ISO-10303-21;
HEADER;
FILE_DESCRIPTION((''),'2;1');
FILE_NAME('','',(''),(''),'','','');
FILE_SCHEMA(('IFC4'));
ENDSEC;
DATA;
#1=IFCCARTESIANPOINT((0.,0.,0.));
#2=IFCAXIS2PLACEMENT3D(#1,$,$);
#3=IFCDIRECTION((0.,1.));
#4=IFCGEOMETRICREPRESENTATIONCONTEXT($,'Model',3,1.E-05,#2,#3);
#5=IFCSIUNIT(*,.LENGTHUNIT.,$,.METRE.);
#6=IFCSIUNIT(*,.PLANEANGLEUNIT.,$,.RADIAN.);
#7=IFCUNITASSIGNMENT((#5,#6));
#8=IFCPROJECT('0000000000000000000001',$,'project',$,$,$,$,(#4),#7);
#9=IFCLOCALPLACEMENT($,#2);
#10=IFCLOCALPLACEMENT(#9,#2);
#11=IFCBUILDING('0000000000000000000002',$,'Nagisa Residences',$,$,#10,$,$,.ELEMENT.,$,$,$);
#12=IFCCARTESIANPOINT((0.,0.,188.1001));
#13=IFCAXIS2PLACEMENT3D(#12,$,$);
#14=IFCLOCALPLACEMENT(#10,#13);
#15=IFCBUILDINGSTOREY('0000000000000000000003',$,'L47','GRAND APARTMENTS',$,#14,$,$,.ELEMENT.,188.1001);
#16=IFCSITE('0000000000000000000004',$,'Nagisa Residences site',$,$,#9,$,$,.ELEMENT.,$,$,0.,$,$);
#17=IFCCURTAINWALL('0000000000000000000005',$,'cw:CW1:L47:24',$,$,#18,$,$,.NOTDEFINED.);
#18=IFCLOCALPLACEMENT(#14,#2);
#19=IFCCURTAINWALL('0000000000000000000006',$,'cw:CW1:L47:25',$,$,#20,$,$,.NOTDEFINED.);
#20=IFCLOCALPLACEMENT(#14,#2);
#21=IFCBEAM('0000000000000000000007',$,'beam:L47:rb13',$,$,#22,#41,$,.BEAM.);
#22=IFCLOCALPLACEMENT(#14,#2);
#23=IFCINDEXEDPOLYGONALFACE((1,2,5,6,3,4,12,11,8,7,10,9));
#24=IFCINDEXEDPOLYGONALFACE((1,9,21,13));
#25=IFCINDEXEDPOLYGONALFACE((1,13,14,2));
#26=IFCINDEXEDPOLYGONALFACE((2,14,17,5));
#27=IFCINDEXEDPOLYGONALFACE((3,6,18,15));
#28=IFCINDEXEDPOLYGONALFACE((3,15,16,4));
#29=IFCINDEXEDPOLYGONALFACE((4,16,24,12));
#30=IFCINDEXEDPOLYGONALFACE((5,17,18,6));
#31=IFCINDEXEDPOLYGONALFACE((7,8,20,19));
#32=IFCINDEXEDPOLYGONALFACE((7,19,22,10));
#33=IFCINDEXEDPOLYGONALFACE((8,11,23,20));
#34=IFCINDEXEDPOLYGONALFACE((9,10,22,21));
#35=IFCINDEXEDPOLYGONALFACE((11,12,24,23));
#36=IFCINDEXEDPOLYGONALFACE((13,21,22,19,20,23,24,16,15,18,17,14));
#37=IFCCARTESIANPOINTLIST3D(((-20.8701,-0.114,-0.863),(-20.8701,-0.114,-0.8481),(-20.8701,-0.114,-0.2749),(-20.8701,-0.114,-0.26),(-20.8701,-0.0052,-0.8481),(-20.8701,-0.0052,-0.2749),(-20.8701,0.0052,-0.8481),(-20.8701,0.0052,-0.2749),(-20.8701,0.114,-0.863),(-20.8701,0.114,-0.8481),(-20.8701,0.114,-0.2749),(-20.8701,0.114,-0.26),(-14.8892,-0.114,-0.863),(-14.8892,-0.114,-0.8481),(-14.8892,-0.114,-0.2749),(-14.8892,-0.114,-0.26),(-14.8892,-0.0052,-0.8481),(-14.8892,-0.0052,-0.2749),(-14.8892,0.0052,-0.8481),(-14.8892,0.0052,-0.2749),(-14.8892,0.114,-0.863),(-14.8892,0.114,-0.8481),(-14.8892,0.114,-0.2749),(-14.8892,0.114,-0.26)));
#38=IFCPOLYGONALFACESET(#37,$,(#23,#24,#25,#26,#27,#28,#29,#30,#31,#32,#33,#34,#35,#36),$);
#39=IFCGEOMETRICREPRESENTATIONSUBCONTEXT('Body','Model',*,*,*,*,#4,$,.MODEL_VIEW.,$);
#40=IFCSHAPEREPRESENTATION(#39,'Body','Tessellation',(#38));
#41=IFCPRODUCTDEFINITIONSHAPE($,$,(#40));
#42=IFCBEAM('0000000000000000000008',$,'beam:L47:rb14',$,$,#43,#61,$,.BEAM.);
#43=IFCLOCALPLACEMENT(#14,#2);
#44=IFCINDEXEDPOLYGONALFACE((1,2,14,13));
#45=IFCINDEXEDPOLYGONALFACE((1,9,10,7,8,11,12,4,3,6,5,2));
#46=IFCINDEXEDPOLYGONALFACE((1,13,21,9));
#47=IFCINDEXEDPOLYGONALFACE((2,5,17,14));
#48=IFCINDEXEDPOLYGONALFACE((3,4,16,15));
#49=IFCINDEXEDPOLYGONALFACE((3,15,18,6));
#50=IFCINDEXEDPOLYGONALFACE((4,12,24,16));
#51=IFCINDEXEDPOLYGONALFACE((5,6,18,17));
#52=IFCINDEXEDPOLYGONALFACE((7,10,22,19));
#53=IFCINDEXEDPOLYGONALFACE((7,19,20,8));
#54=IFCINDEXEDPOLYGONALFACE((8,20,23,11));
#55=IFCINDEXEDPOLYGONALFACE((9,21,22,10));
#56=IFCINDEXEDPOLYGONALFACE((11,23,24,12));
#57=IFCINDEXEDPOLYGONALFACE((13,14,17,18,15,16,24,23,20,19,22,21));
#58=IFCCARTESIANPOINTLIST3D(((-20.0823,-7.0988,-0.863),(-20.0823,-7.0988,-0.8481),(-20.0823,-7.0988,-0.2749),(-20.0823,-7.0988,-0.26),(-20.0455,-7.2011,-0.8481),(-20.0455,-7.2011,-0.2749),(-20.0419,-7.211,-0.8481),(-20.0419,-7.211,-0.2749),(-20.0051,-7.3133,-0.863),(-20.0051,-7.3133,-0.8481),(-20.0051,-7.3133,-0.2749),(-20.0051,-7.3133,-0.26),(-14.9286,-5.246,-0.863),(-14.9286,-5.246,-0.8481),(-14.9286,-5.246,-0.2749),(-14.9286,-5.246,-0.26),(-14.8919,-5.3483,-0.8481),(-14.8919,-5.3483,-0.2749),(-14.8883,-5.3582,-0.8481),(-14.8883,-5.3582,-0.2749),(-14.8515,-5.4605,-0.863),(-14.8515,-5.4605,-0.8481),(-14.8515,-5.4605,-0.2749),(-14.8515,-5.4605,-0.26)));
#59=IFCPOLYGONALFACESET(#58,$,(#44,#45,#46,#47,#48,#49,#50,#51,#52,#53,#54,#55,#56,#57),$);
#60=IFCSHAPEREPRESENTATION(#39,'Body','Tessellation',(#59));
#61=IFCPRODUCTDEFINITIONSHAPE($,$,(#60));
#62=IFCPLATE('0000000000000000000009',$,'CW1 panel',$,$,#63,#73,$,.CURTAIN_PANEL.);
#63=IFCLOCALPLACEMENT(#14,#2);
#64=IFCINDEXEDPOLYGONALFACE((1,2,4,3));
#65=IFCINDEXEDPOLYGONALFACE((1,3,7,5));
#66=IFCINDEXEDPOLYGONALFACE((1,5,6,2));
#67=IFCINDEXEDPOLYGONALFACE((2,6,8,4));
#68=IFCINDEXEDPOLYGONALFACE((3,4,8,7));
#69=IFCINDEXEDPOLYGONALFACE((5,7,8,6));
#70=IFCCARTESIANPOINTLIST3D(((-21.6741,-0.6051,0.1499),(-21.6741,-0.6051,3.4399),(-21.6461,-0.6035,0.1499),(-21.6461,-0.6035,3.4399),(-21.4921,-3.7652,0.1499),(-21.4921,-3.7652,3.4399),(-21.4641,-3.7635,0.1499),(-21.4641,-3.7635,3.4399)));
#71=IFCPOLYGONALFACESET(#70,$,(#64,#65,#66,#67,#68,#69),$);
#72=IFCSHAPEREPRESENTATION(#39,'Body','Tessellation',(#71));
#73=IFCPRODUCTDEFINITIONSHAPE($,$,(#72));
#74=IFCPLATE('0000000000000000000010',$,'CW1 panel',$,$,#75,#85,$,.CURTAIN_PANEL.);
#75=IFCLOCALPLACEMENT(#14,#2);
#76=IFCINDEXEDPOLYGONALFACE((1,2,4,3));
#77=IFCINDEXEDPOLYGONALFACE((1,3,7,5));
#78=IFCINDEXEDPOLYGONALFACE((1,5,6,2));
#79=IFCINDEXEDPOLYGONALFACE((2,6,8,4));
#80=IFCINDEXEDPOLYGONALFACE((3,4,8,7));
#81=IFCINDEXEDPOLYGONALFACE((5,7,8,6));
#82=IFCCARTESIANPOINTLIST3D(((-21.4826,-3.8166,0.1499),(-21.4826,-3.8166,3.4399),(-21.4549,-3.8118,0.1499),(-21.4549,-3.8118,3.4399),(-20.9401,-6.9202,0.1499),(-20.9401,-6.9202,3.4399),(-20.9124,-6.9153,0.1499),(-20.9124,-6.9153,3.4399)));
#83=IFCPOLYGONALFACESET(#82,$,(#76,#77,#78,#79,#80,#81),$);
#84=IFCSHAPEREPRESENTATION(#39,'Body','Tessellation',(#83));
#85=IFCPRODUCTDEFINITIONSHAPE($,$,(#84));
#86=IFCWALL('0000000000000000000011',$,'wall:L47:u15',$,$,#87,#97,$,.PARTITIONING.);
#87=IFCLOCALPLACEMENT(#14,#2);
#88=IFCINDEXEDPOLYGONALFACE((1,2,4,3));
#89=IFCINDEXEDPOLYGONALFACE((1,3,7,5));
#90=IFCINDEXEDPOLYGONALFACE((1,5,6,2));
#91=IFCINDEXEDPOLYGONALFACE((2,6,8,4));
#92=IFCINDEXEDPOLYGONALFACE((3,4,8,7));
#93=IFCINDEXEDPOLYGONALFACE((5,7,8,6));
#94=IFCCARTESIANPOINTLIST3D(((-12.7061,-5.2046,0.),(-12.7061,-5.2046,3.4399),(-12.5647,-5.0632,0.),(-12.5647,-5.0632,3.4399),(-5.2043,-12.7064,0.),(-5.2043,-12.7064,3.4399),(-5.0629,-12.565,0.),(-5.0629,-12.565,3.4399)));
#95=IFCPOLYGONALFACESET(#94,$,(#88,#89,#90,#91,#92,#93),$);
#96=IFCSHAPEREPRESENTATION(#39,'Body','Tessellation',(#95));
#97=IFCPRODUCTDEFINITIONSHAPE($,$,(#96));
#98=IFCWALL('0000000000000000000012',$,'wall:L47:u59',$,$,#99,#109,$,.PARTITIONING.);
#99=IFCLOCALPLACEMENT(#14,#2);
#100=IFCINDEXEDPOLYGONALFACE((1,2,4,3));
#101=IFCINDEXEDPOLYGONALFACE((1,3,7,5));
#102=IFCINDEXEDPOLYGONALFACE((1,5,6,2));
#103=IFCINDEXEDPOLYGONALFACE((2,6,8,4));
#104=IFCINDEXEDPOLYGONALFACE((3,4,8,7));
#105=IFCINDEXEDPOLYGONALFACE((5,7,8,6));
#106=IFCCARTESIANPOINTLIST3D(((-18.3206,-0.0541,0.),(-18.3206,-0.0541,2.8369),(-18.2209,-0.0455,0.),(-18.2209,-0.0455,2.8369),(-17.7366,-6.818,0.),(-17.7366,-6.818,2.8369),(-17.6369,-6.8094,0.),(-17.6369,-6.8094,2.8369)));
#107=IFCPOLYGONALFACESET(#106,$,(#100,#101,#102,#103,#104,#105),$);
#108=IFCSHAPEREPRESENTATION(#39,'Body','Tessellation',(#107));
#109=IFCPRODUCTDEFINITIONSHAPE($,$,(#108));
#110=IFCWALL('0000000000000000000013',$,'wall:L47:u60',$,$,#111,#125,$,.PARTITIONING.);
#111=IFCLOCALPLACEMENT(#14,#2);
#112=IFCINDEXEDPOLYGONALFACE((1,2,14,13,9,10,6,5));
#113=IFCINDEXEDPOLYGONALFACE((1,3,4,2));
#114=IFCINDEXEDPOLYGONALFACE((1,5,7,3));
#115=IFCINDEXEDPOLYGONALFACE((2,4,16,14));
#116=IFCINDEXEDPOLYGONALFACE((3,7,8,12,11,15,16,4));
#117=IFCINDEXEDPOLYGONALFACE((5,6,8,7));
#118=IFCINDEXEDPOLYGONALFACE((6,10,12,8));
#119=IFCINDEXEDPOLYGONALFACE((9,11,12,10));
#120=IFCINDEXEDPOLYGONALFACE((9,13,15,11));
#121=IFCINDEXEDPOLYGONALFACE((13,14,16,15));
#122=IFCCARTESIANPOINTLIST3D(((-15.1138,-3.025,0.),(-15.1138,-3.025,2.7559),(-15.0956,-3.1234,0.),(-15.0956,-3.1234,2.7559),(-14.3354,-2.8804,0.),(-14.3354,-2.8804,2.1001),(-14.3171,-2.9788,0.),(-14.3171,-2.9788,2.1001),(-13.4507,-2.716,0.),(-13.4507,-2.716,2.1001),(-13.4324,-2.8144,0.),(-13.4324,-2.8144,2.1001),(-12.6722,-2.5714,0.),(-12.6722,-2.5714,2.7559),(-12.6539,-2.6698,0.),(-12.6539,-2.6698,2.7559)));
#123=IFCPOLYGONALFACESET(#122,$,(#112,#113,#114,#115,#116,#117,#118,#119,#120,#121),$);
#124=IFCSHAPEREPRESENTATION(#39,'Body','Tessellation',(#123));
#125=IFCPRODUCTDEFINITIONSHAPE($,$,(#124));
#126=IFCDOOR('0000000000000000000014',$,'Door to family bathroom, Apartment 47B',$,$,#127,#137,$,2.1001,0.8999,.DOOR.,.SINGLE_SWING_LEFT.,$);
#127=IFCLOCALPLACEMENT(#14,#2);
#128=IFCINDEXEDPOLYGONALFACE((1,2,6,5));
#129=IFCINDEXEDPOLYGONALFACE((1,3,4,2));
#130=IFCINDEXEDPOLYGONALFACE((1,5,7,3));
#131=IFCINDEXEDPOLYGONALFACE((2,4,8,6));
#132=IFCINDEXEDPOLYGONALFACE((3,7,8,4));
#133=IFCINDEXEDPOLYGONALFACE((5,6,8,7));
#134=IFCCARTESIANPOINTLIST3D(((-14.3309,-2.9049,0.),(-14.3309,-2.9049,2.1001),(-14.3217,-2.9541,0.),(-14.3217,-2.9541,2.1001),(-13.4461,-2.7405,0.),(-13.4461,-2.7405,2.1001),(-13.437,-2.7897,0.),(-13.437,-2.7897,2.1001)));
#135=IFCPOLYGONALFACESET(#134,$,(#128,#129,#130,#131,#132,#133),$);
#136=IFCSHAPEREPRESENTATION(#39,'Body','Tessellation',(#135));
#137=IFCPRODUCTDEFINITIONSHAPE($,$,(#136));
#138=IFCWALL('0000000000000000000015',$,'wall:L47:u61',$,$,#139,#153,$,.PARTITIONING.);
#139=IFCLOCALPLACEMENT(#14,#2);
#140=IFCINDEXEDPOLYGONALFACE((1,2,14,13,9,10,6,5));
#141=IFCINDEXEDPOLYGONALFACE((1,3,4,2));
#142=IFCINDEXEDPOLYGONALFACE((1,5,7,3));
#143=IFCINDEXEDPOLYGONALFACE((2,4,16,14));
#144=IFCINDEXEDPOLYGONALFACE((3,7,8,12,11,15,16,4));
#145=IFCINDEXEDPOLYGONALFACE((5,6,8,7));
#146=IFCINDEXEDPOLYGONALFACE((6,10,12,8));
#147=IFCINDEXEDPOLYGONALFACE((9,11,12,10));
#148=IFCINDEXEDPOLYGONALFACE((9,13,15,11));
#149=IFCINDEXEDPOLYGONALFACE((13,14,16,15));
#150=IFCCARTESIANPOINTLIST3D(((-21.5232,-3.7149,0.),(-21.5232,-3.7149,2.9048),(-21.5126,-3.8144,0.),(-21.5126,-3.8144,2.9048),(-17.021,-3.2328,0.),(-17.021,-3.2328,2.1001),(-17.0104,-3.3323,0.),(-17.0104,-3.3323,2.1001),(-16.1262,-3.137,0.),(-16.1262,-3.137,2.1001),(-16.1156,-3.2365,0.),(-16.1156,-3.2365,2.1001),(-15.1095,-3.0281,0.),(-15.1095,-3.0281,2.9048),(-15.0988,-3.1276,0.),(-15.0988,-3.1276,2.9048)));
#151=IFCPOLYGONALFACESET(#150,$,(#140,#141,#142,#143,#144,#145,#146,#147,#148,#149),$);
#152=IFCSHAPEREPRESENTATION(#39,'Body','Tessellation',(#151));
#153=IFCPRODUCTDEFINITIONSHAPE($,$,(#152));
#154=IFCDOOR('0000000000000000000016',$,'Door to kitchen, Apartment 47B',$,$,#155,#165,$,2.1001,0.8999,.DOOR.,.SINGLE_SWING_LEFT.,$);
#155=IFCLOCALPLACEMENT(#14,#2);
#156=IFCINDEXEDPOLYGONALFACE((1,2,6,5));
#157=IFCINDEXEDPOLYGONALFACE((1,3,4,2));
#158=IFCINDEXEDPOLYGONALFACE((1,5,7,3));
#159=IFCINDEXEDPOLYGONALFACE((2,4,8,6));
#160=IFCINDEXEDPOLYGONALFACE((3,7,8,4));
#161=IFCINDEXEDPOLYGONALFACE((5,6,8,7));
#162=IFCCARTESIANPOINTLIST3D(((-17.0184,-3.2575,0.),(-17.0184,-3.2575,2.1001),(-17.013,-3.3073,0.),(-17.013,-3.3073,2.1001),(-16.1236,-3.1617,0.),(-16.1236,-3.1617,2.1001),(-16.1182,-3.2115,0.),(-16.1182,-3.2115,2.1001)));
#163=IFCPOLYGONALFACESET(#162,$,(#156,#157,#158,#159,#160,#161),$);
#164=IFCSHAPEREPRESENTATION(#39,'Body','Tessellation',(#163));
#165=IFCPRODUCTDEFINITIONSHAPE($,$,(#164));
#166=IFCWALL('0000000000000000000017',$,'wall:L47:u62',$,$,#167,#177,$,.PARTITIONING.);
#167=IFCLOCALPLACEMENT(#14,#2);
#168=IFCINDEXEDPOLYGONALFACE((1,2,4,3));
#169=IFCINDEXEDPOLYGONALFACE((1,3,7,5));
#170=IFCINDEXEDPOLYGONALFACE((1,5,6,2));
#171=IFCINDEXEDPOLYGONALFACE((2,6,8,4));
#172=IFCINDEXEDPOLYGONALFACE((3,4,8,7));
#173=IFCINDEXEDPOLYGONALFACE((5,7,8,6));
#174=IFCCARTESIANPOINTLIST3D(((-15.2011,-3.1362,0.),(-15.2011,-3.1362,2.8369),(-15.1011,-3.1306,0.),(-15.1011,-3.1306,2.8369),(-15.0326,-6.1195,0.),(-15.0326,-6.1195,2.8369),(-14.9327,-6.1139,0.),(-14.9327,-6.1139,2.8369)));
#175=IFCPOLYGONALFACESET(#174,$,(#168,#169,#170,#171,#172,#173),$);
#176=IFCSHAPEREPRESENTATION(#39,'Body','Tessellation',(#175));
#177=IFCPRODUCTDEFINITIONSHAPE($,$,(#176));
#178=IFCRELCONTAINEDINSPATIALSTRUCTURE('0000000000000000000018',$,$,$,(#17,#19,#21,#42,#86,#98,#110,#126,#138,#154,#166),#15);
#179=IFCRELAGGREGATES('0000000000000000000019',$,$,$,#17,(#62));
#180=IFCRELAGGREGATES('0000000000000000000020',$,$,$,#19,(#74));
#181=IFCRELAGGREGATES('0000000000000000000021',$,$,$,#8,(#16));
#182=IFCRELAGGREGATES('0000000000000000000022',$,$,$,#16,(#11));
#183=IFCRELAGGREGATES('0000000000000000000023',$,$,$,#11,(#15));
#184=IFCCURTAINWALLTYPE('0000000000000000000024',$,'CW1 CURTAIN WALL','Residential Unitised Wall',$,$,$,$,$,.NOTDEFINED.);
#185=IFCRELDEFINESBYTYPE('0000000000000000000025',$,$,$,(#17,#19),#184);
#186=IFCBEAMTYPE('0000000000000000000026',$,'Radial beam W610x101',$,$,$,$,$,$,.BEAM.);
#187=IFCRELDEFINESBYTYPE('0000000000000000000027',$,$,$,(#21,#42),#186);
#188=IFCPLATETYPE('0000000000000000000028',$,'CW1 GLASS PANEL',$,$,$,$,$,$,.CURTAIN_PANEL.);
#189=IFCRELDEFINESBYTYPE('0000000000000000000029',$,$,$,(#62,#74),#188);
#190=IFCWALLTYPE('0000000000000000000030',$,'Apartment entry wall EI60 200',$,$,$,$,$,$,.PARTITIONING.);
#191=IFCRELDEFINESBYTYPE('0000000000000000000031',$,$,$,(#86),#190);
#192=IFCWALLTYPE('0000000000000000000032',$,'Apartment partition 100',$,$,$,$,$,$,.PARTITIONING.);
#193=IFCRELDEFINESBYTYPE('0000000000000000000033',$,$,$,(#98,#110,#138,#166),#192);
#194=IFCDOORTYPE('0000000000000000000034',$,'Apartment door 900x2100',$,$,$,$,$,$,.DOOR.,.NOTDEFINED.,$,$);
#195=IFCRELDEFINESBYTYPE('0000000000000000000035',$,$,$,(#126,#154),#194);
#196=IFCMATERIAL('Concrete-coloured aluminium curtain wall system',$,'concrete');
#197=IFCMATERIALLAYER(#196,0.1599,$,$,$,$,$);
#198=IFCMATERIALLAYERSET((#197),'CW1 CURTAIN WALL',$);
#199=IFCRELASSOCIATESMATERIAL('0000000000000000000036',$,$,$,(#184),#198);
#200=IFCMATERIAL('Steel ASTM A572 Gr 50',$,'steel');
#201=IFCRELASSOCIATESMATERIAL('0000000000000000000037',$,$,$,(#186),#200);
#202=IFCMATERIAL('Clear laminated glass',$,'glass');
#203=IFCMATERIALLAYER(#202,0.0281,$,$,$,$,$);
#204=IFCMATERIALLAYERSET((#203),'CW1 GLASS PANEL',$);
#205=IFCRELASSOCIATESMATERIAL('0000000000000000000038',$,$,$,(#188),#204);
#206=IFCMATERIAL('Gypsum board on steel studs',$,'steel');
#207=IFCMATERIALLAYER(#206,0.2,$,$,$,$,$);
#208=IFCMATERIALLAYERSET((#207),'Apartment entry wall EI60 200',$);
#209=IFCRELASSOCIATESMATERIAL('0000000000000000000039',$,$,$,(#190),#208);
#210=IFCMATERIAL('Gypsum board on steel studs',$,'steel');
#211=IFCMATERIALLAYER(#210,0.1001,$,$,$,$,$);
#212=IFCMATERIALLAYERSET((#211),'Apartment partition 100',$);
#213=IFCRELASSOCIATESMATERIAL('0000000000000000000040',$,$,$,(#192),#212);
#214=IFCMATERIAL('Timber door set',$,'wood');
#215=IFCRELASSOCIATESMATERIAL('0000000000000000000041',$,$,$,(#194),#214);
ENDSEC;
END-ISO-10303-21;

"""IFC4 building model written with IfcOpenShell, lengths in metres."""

from ifc_helpers import new_model, si_unit, direction, frame, frame_2d, origin, origin_2d, place, context, subcontext, project, spatial, rectangle, i_section, extrude, material, layer, layer_set, material_profile, profile_set, type_object, element, fill, aggregate, save


model = new_model("IFC4")

# Units and contexts
model_context = context("Model", 3, precision=1e-05, world=origin(), true_north=direction((0.0, 1.0)))
body_context = subcontext(model_context, "Body", "Model", "MODEL_VIEW")
ifc_project = project(units=[si_unit("LENGTHUNIT", "METRE"), si_unit("PLANEANGLEUNIT", "RADIAN")], contexts=[model_context])

# Site, building, storey
site_placement = place(None, origin())
site = spatial("IfcSite", under=ifc_project, at=site_placement, Name="Nagisa Residences site", CompositionType="ELEMENT", RefElevation=0.0)
building_placement = place(site_placement, origin())
building = spatial("IfcBuilding", under=site, at=building_placement, Name="Nagisa Residences", CompositionType="ELEMENT")
storey_placement = place(building_placement, frame((0.0, 0.0, 188.1001)))
storey = spatial("IfcBuildingStorey", under=building, at=storey_placement, Name="L47", Description="GRAND APARTMENTS", CompositionType="ELEMENT", Elevation=188.1001)

# Curtain walls
ifc_material_1 = material(Name="Concrete-coloured aluminium curtain wall system", Category="concrete")
ifc_layer_1 = layer(ifc_material_1, 0.1599)
ifc_layer_set_1 = layer_set([ifc_layer_1], Name="CW1 CURTAIN WALL")
curtain_wall_type = type_object("IfcCurtainWallType", Name="CW1 CURTAIN WALL", Description="Residential Unitised Wall", PredefinedType="NOTDEFINED", material=ifc_layer_set_1)
curtain_wall_1_placement = place(storey_placement, origin())
curtain_wall_1 = element("IfcCurtainWall", 1, at=curtain_wall_1_placement, inside=storey, type_object=curtain_wall_type, Name="cw:CW1:L47:24", PredefinedType="NOTDEFINED")
curtain_wall_2_placement = place(storey_placement, origin())
curtain_wall_2 = element("IfcCurtainWall", 2, at=curtain_wall_2_placement, inside=storey, type_object=curtain_wall_type, Name="cw:CW1:L47:25", PredefinedType="NOTDEFINED")

# Beams
ifc_material_2 = material(Name="Steel ASTM A572 Gr 50", Category="steel")
ifc_material_profile_1 = material_profile(ifc_material_2, i_section(OverallWidth=0.228, OverallDepth=0.603, WebThickness=0.0105, FlangeThickness=0.0149, at=origin_2d()), Name="W610x101")
ifc_profile_set_1 = profile_set([ifc_material_profile_1], Name="Steel ASTM A572 Gr 50")
beam_type_1 = type_object("IfcBeamType", Name="Radial beam W610x101", PredefinedType="BEAM", material=ifc_profile_set_1)
beam_1_placement = place(storey_placement, frame((-20.8701, 0.0, -0.5615), z_axis=(1.0, 0.0, 0.0), x_axis=(0.0, 1.0, 0.0)))
element("IfcBeam", 3, at=beam_1_placement, inside=storey, type_object=beam_type_1, Name="beam:L47:rb13", PredefinedType="BEAM", context=body_context, shape_type="SweptSolid", body=[
    extrude(i_section(OverallWidth=0.228, OverallDepth=0.603, WebThickness=0.0105, FlangeThickness=0.0149, at=origin_2d()), origin(), (0.0, 0.0, 1.0), 5.981),
])
beam_2_placement = place(storey_placement, frame((-20.0437, -7.2061, -0.5615), z_axis=(0.941033, 0.338315, 0.0), x_axis=(-0.338315, 0.941033, 0.0)))
element("IfcBeam", 4, at=beam_2_placement, inside=storey, type_object=beam_type_1, Name="beam:L47:rb14", PredefinedType="BEAM", context=body_context, shape_type="SweptSolid", body=[
    extrude(i_section(OverallWidth=0.228, OverallDepth=0.603, WebThickness=0.0105, FlangeThickness=0.0149, at=origin_2d()), origin(), (0.0, 0.0, 1.0), 5.4766),
])

# Plates
ifc_material_3 = material(Name="Clear laminated glass", Category="glass")
ifc_layer_2 = layer(ifc_material_3, 0.0281)
ifc_layer_set_2 = layer_set([ifc_layer_2], Name="CW1 GLASS PANEL")
plate_type = type_object("IfcPlateType", Name="CW1 GLASS PANEL", PredefinedType="CURTAIN_PANEL", material=ifc_layer_set_2)
plate_1_placement = place(storey_placement, frame((-21.5691, -2.1843, 0.1499), z_axis=(0.0, 0.0, 1.0), x_axis=(0.057503, -0.998345, 0.0)))
plate_1 = element("IfcPlate", 5, at=plate_1_placement, type_object=plate_type, Name="CW1 panel", PredefinedType="CURTAIN_PANEL", context=body_context, shape_type="SweptSolid", body=[
    extrude(rectangle(XDim=3.1653, YDim=0.0281, at=origin_2d()), origin(), (0.0, 0.0, 1.0), 3.29),
])
aggregate(curtain_wall_1, [plate_1])
plate_2_placement = place(storey_placement, frame((-21.1975, -5.366, 0.1499), z_axis=(0.0, 0.0, 1.0), x_axis=(0.172191, -0.985064, 0.0)))
plate_2 = element("IfcPlate", 6, at=plate_2_placement, type_object=plate_type, Name="CW1 panel", PredefinedType="CURTAIN_PANEL", context=body_context, shape_type="SweptSolid", body=[
    extrude(rectangle(XDim=3.1506, YDim=0.0281, at=origin_2d()), origin(), (0.0, 0.0, 1.0), 3.29),
])
aggregate(curtain_wall_2, [plate_2])

# Walls
ifc_material_4 = material(Name="Gypsum board on steel studs", Category="steel")
ifc_layer_3 = layer(ifc_material_4, 0.2)
ifc_layer_set_3 = layer_set([ifc_layer_3], Name="Apartment entry wall EI60 200")
wall_type_1 = type_object("IfcWallType", Name="Apartment entry wall EI60 200", PredefinedType="PARTITIONING", material=ifc_layer_set_3)
wall_1_placement = place(storey_placement, frame((-12.6355, -5.1338, 0.0), z_axis=(0.0, 0.0, 1.0), x_axis=(0.707107, -0.707107, 0.0)))
element("IfcWall", 7, at=wall_1_placement, inside=storey, type_object=wall_type_1, Name="wall:L47:u15", PredefinedType="PARTITIONING", context=body_context, shape_type="SweptSolid", body=[
    extrude(rectangle(XDim=10.6091, YDim=0.2, at=frame_2d((5.3047, 0.0))), origin(), (0.0, 0.0, 1.0), 3.4399),
])
ifc_material_5 = material(Name="Gypsum board on steel studs", Category="steel")
ifc_layer_4 = layer(ifc_material_5, 0.1001)
ifc_layer_set_4 = layer_set([ifc_layer_4], Name="Apartment partition 100")
wall_type_2 = type_object("IfcWallType", Name="Apartment partition 100", PredefinedType="PARTITIONING", material=ifc_layer_set_4)
wall_2_placement = place(storey_placement, frame((-18.2708, -0.0498, 0.0), z_axis=(0.0, 0.0, 1.0), x_axis=(0.086018, -0.996294, 0.0)))
element("IfcWall", 8, at=wall_2_placement, inside=storey, type_object=wall_type_2, Name="wall:L47:u59", PredefinedType="PARTITIONING", context=body_context, shape_type="SweptSolid", body=[
    extrude(rectangle(XDim=6.7891, YDim=0.1001, at=frame_2d((3.3945, 0.0))), origin(), (0.0, 0.0, 1.0), 2.8369),
])

# Walls, openings, doors
wall_3_placement = place(storey_placement, frame((-12.6631, -2.6206, 0.0), z_axis=(0.0, 0.0, 1.0), x_axis=(-0.983177, -0.182656, 0.0)))
wall_3 = element("IfcWall", 9, at=wall_3_placement, inside=storey, type_object=wall_type_2, Name="wall:L47:u60", PredefinedType="PARTITIONING", context=body_context, shape_type="SweptSolid", body=[
    extrude(rectangle(XDim=2.4834, YDim=0.1001, at=frame_2d((1.2417, 0.0))), origin(), (0.0, 0.0, 1.0), 2.7559),
])
opening_1_placement = place(wall_3_placement, frame((0.7917, 0.0, 0.0)))
opening_1 = element("IfcOpeningElement", 10, at=opening_1_placement, cuts=wall_3, PredefinedType="OPENING", context=body_context, shape_type="SweptSolid", body=[
    extrude(rectangle(XDim=0.8999, YDim=2.1001, at=frame_2d((0.45, 1.05))), frame((0.0, 0.0601, 0.0), z_axis=(0.0, -1.0, 0.0), x_axis=(1.0, 0.0, 0.0)), (0.0, 0.0, 1.0), 0.1201),
])
ifc_material_6 = material(Name="Timber door set", Category="wood")
door_type = type_object("IfcDoorType", Name="Apartment door 900x2100", OperationType="NOTDEFINED", PredefinedType="DOOR", material=ifc_material_6)
door_1_placement = place(opening_1_placement, origin())
door_1 = element("IfcDoor", 11, at=door_1_placement, inside=storey, type_object=door_type, Name="Door to family bathroom, Apartment 47B", OperationType="SINGLE_SWING_LEFT", OverallHeight=2.1001, OverallWidth=0.8999, PredefinedType="DOOR", context=body_context, shape_type="SweptSolid", body=[
    extrude(rectangle(XDim=0.8999, YDim=2.1001, at=frame_2d((0.45, 1.05))), frame((0.0, 0.0249, 0.0), z_axis=(0.0, -1.0, 0.0), x_axis=(1.0, 0.0, 0.0)), (0.0, 0.0, 1.0), 0.05),
])
fill(opening_1, door_1)
wall_4_placement = place(storey_placement, frame((-15.1042, -3.0779, 0.0), z_axis=(0.0, 0.0, 1.0), x_axis=(-0.994316, -0.106468, 0.0)))
wall_4 = element("IfcWall", 12, at=wall_4_placement, inside=storey, type_object=wall_type_2, Name="wall:L47:u61", PredefinedType="PARTITIONING", context=body_context, shape_type="SweptSolid", body=[
    extrude(rectangle(XDim=6.4504, YDim=0.1001, at=frame_2d((3.2251, 0.0))), origin(), (0.0, 0.0, 1.0), 2.9048),
])
opening_2_placement = place(wall_4_placement, frame((1.0225, 0.0, 0.0)))
opening_2 = element("IfcOpeningElement", 13, at=opening_2_placement, cuts=wall_4, PredefinedType="OPENING", context=body_context, shape_type="SweptSolid", body=[
    extrude(rectangle(XDim=0.8999, YDim=2.1001, at=frame_2d((0.45, 1.05))), frame((0.0, 0.0601, 0.0), z_axis=(0.0, -1.0, 0.0), x_axis=(1.0, 0.0, 0.0)), (0.0, 0.0, 1.0), 0.1201),
])
door_2_placement = place(opening_2_placement, origin())
door_2 = element("IfcDoor", 14, at=door_2_placement, inside=storey, type_object=door_type, Name="Door to kitchen, Apartment 47B", OperationType="SINGLE_SWING_LEFT", OverallHeight=2.1001, OverallWidth=0.8999, PredefinedType="DOOR", context=body_context, shape_type="SweptSolid", body=[
    extrude(rectangle(XDim=0.8999, YDim=2.1001, at=frame_2d((0.45, 1.05))), frame((0.0, 0.0249, 0.0), z_axis=(0.0, -1.0, 0.0), x_axis=(1.0, 0.0, 0.0)), (0.0, 0.0, 1.0), 0.05),
])
fill(opening_2, door_2)

# Wall
wall_5_placement = place(storey_placement, frame((-15.1511, -3.1333, 0.0), z_axis=(0.0, 0.0, 1.0), x_axis=(0.056375, -0.99841, 0.0)))
element("IfcWall", 15, at=wall_5_placement, inside=storey, type_object=wall_type_2, Name="wall:L47:u62", PredefinedType="PARTITIONING", context=body_context, shape_type="SweptSolid", body=[
    extrude(rectangle(XDim=2.988, YDim=0.1001, at=frame_2d((1.4941, 0.0))), origin(), (0.0, 0.0, 1.0), 2.8369),
])

save(model, "model.ifc")
